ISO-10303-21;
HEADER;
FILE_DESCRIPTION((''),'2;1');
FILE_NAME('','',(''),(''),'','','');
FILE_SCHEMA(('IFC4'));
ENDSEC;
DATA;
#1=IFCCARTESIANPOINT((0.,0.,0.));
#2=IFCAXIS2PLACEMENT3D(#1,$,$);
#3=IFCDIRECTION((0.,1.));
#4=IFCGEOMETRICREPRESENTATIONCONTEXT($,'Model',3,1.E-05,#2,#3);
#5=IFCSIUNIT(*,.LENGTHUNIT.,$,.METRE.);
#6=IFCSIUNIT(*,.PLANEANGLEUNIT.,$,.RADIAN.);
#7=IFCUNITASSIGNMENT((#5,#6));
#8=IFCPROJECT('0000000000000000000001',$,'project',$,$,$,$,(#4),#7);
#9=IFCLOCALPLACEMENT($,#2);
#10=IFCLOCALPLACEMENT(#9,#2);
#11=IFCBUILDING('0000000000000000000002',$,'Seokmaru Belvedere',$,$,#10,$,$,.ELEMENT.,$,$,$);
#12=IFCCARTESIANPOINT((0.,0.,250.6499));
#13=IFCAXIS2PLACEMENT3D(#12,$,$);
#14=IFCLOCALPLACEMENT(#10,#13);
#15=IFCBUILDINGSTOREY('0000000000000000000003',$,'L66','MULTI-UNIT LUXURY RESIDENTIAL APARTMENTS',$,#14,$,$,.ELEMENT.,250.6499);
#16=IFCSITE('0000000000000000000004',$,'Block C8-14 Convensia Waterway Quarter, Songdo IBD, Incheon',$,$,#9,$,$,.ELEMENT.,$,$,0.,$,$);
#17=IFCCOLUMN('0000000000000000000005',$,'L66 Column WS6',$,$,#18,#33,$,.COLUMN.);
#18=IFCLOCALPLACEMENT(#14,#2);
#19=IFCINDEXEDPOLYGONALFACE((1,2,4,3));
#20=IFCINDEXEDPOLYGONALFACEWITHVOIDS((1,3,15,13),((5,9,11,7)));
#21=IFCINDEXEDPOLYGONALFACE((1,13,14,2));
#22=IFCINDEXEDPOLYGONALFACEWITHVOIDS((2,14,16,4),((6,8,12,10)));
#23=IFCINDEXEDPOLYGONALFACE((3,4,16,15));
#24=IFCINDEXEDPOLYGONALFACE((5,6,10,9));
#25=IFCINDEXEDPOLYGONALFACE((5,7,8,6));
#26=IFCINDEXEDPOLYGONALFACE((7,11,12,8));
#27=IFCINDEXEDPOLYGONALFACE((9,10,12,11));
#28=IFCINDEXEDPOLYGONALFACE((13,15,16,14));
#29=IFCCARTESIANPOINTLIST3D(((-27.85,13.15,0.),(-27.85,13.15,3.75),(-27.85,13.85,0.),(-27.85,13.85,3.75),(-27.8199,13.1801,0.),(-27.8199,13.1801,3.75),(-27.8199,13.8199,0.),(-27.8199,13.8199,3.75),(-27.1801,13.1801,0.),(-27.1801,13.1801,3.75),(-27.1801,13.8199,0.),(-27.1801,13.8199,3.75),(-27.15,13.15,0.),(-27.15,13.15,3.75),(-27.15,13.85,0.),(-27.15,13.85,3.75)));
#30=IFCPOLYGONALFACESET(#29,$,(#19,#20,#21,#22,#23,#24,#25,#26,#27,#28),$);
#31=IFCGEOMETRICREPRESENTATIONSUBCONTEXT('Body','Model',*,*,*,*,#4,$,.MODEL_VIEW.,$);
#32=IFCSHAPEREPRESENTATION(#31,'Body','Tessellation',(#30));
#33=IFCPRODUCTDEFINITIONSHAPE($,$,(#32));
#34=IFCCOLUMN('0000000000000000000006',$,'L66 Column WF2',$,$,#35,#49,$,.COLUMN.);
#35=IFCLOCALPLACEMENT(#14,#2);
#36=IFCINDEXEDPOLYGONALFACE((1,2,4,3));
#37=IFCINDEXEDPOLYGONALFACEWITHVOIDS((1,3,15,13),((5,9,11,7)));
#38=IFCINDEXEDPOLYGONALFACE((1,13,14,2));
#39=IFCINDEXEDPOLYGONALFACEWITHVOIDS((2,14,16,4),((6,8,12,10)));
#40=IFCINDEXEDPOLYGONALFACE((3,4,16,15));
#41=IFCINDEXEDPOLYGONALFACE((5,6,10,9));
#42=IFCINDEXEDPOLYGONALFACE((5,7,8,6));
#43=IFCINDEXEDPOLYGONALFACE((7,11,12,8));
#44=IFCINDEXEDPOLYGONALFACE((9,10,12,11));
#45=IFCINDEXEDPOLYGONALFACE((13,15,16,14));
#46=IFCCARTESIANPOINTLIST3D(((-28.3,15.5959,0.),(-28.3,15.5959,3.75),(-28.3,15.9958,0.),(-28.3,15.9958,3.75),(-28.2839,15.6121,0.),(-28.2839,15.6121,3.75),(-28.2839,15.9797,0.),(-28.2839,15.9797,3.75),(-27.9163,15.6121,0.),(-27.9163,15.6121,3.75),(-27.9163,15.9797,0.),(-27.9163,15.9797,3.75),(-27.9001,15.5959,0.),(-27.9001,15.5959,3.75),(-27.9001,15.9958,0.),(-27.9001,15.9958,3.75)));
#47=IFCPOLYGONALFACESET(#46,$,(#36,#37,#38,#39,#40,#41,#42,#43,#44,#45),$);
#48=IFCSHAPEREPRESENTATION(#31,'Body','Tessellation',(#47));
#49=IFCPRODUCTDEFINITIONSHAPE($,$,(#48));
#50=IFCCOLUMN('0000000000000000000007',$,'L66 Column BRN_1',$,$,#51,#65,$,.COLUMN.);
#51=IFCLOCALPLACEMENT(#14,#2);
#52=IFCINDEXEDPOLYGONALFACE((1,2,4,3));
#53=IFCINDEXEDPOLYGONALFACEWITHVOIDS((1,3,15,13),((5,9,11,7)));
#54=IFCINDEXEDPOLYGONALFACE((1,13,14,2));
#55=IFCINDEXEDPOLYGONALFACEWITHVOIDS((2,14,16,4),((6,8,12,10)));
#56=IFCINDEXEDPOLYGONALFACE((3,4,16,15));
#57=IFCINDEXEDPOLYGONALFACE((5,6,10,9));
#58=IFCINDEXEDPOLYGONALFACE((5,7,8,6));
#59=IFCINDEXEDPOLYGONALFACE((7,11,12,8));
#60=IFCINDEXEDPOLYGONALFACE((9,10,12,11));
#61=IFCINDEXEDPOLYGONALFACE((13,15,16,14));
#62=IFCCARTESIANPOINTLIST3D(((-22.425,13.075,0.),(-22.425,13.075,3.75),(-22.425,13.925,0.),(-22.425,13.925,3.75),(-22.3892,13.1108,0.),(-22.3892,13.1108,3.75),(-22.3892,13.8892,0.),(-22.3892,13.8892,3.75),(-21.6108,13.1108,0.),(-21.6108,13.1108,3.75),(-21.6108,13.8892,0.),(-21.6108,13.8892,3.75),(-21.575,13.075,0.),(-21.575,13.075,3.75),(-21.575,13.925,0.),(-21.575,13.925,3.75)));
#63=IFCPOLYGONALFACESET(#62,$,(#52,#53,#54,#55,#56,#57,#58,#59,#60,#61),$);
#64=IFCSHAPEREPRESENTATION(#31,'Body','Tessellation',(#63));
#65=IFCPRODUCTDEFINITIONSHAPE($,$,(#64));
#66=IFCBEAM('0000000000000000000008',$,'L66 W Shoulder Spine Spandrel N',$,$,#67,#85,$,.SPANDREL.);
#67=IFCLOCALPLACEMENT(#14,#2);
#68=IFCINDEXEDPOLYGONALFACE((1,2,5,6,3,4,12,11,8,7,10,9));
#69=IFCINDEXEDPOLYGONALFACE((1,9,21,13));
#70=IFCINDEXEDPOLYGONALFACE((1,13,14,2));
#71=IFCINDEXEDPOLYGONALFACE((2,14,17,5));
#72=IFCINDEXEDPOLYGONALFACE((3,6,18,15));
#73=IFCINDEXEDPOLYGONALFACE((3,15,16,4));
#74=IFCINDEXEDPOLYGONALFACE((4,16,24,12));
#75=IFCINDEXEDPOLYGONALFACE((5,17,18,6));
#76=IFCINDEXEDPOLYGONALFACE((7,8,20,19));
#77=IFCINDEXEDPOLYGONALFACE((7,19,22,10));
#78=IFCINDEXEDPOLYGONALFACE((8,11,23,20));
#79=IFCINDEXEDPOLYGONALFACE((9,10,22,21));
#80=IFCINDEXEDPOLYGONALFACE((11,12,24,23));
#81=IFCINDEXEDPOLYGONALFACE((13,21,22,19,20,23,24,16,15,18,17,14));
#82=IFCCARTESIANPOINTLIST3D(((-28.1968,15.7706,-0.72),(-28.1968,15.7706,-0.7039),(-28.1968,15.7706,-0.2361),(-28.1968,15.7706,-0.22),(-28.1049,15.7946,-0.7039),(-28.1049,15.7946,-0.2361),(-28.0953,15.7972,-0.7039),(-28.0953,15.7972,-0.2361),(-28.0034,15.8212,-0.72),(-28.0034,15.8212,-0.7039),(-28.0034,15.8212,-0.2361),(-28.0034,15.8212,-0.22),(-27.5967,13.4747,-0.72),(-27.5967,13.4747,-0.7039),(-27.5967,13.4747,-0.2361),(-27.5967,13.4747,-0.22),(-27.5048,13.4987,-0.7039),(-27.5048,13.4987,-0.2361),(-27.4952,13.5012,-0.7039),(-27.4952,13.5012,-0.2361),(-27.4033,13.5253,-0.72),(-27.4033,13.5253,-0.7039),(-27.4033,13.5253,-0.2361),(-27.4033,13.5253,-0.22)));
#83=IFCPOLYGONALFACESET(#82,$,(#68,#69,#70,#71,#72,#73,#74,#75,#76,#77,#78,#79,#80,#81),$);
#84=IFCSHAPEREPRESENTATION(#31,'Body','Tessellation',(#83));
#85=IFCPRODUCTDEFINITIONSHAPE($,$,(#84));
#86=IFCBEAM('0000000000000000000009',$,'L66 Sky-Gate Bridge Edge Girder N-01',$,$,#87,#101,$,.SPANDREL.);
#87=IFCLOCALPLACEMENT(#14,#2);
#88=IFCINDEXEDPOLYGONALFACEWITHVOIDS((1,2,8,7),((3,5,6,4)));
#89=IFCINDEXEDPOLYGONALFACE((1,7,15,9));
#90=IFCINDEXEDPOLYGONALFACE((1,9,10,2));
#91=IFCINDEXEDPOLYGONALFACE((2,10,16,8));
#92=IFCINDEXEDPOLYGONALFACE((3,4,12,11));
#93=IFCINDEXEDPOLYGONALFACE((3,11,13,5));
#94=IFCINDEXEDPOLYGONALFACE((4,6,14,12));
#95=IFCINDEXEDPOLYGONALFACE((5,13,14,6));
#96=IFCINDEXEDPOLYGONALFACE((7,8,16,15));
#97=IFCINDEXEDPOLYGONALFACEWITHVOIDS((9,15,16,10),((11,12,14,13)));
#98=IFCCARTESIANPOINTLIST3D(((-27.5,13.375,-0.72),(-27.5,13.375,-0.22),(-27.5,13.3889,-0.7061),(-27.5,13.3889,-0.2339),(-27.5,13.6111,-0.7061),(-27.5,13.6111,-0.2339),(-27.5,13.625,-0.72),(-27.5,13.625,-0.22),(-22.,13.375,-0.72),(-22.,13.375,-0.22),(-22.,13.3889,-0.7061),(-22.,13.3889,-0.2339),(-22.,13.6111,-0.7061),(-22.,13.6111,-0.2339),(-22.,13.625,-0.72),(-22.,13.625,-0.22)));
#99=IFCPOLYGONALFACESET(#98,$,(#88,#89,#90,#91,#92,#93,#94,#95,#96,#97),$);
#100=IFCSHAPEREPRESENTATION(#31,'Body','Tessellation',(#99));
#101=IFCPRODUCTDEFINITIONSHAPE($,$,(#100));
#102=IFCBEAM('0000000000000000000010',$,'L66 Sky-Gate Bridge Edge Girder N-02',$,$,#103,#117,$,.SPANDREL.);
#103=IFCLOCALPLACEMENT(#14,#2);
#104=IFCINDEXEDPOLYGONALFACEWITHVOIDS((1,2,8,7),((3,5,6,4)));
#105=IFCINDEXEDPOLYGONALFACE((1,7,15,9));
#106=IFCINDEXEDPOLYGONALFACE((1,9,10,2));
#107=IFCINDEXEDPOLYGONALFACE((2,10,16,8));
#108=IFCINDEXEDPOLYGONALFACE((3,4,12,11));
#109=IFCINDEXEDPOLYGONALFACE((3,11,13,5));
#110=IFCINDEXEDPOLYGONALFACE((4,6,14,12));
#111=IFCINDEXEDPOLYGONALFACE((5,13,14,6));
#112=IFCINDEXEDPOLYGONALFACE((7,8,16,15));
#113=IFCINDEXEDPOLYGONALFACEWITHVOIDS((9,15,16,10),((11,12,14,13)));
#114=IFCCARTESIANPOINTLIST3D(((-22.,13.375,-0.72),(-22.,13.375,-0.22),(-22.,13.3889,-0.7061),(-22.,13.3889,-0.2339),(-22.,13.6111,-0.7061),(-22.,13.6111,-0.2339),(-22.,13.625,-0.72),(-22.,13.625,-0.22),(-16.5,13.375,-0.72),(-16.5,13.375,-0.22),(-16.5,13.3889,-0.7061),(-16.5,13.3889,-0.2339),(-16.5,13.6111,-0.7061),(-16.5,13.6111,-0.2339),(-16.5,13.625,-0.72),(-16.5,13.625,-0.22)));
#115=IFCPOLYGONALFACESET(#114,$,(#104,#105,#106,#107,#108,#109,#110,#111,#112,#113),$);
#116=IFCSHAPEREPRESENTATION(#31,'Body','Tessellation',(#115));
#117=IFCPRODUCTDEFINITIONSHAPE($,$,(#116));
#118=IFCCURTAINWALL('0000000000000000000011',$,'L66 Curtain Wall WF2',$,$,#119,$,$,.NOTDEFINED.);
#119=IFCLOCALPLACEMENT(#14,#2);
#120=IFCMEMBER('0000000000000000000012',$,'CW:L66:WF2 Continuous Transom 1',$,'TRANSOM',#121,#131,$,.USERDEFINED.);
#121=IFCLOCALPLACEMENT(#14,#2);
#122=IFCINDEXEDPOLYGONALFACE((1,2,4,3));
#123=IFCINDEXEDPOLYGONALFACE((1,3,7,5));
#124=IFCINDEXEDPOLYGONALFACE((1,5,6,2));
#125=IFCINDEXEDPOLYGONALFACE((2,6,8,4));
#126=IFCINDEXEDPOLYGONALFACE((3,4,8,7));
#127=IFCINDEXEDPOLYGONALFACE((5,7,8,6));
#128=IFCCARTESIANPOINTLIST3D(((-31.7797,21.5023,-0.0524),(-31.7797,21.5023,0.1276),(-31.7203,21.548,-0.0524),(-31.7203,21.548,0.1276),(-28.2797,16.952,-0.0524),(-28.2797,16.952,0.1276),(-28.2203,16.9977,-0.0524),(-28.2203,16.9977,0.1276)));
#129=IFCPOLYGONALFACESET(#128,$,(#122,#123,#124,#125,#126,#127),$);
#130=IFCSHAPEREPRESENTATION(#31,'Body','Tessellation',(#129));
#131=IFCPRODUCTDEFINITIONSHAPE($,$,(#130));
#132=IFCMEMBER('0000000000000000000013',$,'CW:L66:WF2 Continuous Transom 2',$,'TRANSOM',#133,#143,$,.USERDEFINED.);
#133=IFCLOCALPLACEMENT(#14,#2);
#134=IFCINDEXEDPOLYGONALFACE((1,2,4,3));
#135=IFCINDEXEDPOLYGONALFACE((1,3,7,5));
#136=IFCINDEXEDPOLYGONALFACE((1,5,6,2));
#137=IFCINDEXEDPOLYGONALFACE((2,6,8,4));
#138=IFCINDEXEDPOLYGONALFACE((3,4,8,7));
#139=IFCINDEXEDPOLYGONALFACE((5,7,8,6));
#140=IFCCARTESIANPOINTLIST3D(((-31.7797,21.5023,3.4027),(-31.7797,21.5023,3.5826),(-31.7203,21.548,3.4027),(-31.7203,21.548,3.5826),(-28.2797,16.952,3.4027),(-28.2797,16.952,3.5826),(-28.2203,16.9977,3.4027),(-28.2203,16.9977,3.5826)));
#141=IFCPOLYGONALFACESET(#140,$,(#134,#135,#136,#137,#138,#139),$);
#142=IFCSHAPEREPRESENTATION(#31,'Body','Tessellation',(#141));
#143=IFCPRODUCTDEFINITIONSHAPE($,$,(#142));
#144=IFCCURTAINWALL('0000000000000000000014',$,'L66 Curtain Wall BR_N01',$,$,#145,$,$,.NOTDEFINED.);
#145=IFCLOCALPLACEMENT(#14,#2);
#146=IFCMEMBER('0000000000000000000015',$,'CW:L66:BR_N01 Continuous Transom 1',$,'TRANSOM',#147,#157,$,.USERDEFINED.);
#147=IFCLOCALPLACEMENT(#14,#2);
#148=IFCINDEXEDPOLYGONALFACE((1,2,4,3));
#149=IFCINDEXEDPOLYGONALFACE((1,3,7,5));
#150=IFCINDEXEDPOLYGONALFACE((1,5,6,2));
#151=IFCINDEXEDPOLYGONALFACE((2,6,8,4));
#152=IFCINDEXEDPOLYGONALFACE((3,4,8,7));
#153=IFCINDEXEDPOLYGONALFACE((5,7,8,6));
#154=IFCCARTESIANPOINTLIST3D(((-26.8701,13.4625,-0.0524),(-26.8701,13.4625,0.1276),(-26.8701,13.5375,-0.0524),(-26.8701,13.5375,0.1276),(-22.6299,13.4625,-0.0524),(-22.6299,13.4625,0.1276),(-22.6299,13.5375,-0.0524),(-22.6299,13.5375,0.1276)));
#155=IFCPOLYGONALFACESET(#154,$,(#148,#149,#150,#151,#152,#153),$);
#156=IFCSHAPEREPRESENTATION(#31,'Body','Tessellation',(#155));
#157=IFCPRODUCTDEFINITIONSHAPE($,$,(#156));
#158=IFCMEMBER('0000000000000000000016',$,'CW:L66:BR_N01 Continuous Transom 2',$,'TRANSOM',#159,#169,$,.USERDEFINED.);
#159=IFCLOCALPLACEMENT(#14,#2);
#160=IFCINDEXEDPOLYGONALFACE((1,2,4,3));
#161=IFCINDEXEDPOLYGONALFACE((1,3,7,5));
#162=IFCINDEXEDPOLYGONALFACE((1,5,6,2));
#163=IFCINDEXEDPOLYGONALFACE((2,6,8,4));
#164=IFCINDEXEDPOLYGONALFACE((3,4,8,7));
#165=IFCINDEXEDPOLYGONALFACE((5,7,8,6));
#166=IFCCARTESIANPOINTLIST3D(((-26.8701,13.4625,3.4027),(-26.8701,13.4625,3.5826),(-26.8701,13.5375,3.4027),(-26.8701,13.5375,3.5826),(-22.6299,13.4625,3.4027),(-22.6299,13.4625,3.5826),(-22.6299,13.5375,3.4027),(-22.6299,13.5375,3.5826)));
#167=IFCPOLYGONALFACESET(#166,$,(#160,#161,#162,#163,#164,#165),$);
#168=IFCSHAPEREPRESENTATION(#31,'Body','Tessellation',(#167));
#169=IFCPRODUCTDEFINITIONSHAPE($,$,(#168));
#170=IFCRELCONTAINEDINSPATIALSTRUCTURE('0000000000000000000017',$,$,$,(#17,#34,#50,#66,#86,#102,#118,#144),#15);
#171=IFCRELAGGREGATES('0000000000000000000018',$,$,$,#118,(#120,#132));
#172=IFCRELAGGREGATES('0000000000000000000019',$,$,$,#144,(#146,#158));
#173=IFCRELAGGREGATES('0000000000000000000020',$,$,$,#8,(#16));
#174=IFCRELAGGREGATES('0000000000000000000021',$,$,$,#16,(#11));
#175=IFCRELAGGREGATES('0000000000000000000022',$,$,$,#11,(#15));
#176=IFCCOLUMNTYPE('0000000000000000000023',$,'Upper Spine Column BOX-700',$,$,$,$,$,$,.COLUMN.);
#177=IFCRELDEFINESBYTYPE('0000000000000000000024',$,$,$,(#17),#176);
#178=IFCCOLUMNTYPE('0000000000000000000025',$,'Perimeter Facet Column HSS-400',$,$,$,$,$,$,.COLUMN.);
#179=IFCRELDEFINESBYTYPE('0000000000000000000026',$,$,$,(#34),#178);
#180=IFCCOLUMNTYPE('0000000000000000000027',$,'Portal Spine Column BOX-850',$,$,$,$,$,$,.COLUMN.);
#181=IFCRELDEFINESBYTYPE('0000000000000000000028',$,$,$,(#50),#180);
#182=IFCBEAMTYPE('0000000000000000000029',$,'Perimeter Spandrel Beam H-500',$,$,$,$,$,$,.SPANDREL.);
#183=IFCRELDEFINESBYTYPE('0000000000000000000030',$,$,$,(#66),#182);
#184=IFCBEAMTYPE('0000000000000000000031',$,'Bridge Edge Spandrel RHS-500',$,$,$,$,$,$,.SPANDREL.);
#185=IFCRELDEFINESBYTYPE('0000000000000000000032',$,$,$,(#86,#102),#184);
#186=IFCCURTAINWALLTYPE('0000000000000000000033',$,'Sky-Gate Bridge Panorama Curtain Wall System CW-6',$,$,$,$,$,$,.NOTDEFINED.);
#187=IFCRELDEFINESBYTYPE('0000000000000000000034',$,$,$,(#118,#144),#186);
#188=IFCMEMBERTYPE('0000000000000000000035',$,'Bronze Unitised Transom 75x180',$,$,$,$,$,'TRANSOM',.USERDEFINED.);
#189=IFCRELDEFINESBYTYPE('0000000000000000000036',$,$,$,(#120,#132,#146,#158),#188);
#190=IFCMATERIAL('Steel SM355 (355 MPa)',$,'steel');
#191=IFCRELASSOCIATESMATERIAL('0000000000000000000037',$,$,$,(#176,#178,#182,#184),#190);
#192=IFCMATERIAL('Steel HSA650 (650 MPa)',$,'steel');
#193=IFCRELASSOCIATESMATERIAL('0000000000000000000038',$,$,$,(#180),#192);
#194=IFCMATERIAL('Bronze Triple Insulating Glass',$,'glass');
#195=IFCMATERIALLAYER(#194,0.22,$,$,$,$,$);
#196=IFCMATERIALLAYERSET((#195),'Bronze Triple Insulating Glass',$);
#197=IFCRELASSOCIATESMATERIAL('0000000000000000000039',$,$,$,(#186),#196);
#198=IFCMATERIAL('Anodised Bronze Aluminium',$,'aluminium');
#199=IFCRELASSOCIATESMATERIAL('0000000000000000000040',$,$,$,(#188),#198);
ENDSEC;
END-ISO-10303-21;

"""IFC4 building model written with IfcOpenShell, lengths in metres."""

from ifc_helpers import new_model, si_unit, direction, frame, origin, origin_2d, place, context, subcontext, project, spatial, rectangle, hollow_rectangle, i_section, extrude, source, transform, mapped, material, layer, layer_set, material_profile, profile_set, type_object, type_shapes, element, aggregate, save


model = new_model("IFC4")

# Units and contexts
model_context = context("Model", 3, precision=1e-05, world=origin(), true_north=direction((0.0, 1.0)))
body_context = subcontext(model_context, "Body", "Model", "MODEL_VIEW")
ifc_project = project(units=[si_unit("LENGTHUNIT", "METRE"), si_unit("PLANEANGLEUNIT", "RADIAN")], contexts=[model_context])

# Site, building, storey
site_placement = place(None, origin())
site = spatial("IfcSite", under=ifc_project, at=site_placement, Name="Block C8-14 Convensia Waterway Quarter, Songdo IBD, Incheon", CompositionType="ELEMENT", RefElevation=0.0)
building_placement = place(site_placement, origin())
building = spatial("IfcBuilding", under=site, at=building_placement, Name="Seokmaru Belvedere", CompositionType="ELEMENT")
storey_placement = place(building_placement, frame((0.0, 0.0, 250.6499)))
storey = spatial("IfcBuildingStorey", under=building, at=storey_placement, Name="L66", Description="MULTI-UNIT LUXURY RESIDENTIAL APARTMENTS", CompositionType="ELEMENT", Elevation=250.6499)

# Columns
ifc_material_1 = material(Name="Steel SM355 (355 MPa)", Category="steel")
ifc_material_profile_1 = material_profile(ifc_material_1, hollow_rectangle(XDim=0.7, YDim=0.7, WallThickness=0.03, at=origin_2d()), Name="BOX-700x700x30")
ifc_profile_set_1 = profile_set([ifc_material_profile_1], Name="Steel SM355 (355 MPa)")
column_type_1 = type_object("IfcColumnType", Name="Upper Spine Column BOX-700", PredefinedType="COLUMN", material=ifc_profile_set_1)
shared_shape_1 = source(origin(), body_context, "Body", "SweptSolid", [
    extrude(hollow_rectangle(XDim=0.7, YDim=0.7, WallThickness=0.03, at=origin_2d()), origin(), (0.0, 0.0, 1.0), 3.75),
])
type_shapes(column_type_1, [shared_shape_1])
column_1_placement = place(storey_placement, frame((-27.5, 13.5, 0.0), z_axis=(0.0, 0.0, 1.0), x_axis=(1.0, 0.0, 0.0)))
element("IfcColumn", 1, at=column_1_placement, inside=storey, type_object=column_type_1, Name="L66 Column WS6", PredefinedType="COLUMN", context=body_context, shape_type="MappedRepresentation", body=[
    mapped(shared_shape_1, transform((0.0, 0.0, 0.0), scale=1.0)),
])
ifc_material_profile_2 = material_profile(ifc_material_1, hollow_rectangle(XDim=0.3999, YDim=0.3999, WallThickness=0.0161, at=origin_2d()), Name="HSS-400x400x16")
ifc_profile_set_2 = profile_set([ifc_material_profile_2], Name="Steel SM355 (355 MPa)")
column_type_2 = type_object("IfcColumnType", Name="Perimeter Facet Column HSS-400", PredefinedType="COLUMN", material=ifc_profile_set_2)
shared_shape_2 = source(origin(), body_context, "Body", "SweptSolid", [
    extrude(hollow_rectangle(XDim=0.3999, YDim=0.3999, WallThickness=0.0161, at=origin_2d()), origin(), (0.0, 0.0, 1.0), 3.75),
])
type_shapes(column_type_2, [shared_shape_2])
column_2_placement = place(storey_placement, frame((-28.1001, 15.7959, 0.0), z_axis=(0.0, 0.0, 1.0), x_axis=(1.0, 0.0, 0.0)))
element("IfcColumn", 2, at=column_2_placement, inside=storey, type_object=column_type_2, Name="L66 Column WF2", PredefinedType="COLUMN", context=body_context, shape_type="MappedRepresentation", body=[
    mapped(shared_shape_2, transform((0.0, 0.0, 0.0), scale=1.0)),
])
ifc_material_2 = material(Name="Steel HSA650 (650 MPa)", Category="steel")
ifc_material_profile_3 = material_profile(ifc_material_2, hollow_rectangle(XDim=0.8501, YDim=0.8501, WallThickness=0.0359, at=origin_2d()), Name="BOX-850x850x36")
ifc_profile_set_3 = profile_set([ifc_material_profile_3], Name="Steel HSA650 (650 MPa)")
column_type_3 = type_object("IfcColumnType", Name="Portal Spine Column BOX-850", PredefinedType="COLUMN", material=ifc_profile_set_3)
shared_shape_3 = source(origin(), body_context, "Body", "SweptSolid", [
    extrude(hollow_rectangle(XDim=0.8501, YDim=0.8501, WallThickness=0.0359, at=origin_2d()), origin(), (0.0, 0.0, 1.0), 3.75),
])
type_shapes(column_type_3, [shared_shape_3])
column_3_placement = place(storey_placement, frame((-22.0, 13.5, 0.0), z_axis=(0.0, 0.0, 1.0), x_axis=(1.0, 0.0, 0.0)))
element("IfcColumn", 3, at=column_3_placement, inside=storey, type_object=column_type_3, Name="L66 Column BRN_1", PredefinedType="COLUMN", context=body_context, shape_type="MappedRepresentation", body=[
    mapped(shared_shape_3, transform((0.0, 0.0, 0.0), scale=1.0)),
])

# Beams
ifc_material_profile_4 = material_profile(ifc_material_1, i_section(OverallWidth=0.2, OverallDepth=0.5, WebThickness=0.01, FlangeThickness=0.0161, at=origin_2d()), Name="H-500x200x10x16")
ifc_profile_set_4 = profile_set([ifc_material_profile_4], Name="Steel SM355 (355 MPa)")
beam_type_1 = type_object("IfcBeamType", Name="Perimeter Spandrel Beam H-500", PredefinedType="SPANDREL", material=ifc_profile_set_4)
shared_shape_4 = source(origin(), body_context, "Body", "SweptSolid", [
    extrude(i_section(OverallWidth=0.2, OverallDepth=0.5, WebThickness=0.01, FlangeThickness=0.0161, at=origin_2d()), origin(), (0.0, 0.0, 1.0), 2.373),
])
type_shapes(beam_type_1, [shared_shape_4])
beam_placement = place(storey_placement, frame((-28.1001, 15.7959, -0.47), z_axis=(0.252883, -0.967497, 0.0), x_axis=(0.967497, 0.252883, 0.0)))
element("IfcBeam", 4, at=beam_placement, inside=storey, type_object=beam_type_1, Name="L66 W Shoulder Spine Spandrel N", PredefinedType="SPANDREL", context=body_context, shape_type="MappedRepresentation", body=[
    mapped(shared_shape_4, transform((0.0, 0.0, 0.0), scale=1.0)),
])
ifc_material_profile_5 = material_profile(ifc_material_1, hollow_rectangle(XDim=0.25, YDim=0.5, WallThickness=0.0139, at=origin_2d()), Name="RHS-500x250x14")
ifc_profile_set_5 = profile_set([ifc_material_profile_5], Name="Steel SM355 (355 MPa)")
beam_type_2 = type_object("IfcBeamType", Name="Bridge Edge Spandrel RHS-500", PredefinedType="SPANDREL", material=ifc_profile_set_5)
shared_shape_5 = source(origin(), body_context, "Body", "SweptSolid", [
    extrude(hollow_rectangle(XDim=0.25, YDim=0.5, WallThickness=0.0139, at=origin_2d()), origin(), (0.0, 0.0, 1.0), 5.5),
])
type_shapes(beam_type_2, [shared_shape_5])
for number, where, z_axis, x_axis, name in (
    (5, (-27.5, 13.5, -0.47), (1.0, 0.0, 0.0), (0.0, 1.0, 0.0), "L66 Sky-Gate Bridge Edge Girder N-01"),
    (6, (-22.0, 13.5, -0.47), (1.0, 0.0, 0.0), (0.0, 1.0, 0.0), "L66 Sky-Gate Bridge Edge Girder N-02"),
):
    element("IfcBeam", number, at=place(storey_placement, frame(where, z_axis=z_axis, x_axis=x_axis)), inside=storey, type_object=beam_type_2, Name=name, PredefinedType="SPANDREL", context=body_context, shape_type="MappedRepresentation", body=[
        mapped(shared_shape_5, transform((0.0, 0.0, 0.0), scale=1.0)),
    ])

# Curtain walls, members
ifc_material_3 = material(Name="Bronze Triple Insulating Glass", Category="glass")
ifc_layer_1 = layer(ifc_material_3, 0.22)
ifc_layer_set_1 = layer_set([ifc_layer_1], Name="Bronze Triple Insulating Glass")
curtain_wall_type = type_object("IfcCurtainWallType", Name="Sky-Gate Bridge Panorama Curtain Wall System CW-6", PredefinedType="NOTDEFINED", material=ifc_layer_set_1)
curtain_wall_1_placement = place(storey_placement, origin())
curtain_wall_1 = element("IfcCurtainWall", 7, at=curtain_wall_1_placement, inside=storey, type_object=curtain_wall_type, Name="L66 Curtain Wall WF2", PredefinedType="NOTDEFINED")
ifc_material_4 = material(Name="Anodised Bronze Aluminium", Category="aluminium")
ifc_material_profile_6 = material_profile(ifc_material_4, rectangle(XDim=0.075, YDim=0.1799, at=origin_2d()), Name="CW-T-75x180")
ifc_profile_set_6 = profile_set([ifc_material_profile_6], Name="Anodised Bronze Aluminium")
member_type_1 = type_object("IfcMemberType", Name="Bronze Unitised Transom 75x180", ElementType="TRANSOM", PredefinedType="USERDEFINED", material=ifc_profile_set_6)
shared_shape_6 = source(origin(), body_context, "Body", "SweptSolid", [
    extrude(rectangle(XDim=0.075, YDim=0.1799, at=origin_2d()), origin(), (0.0, 0.0, 1.0), 5.7407),
])
member_1_placement = place(storey_placement, frame((-28.25, 16.9749, 0.0376), z_axis=(-0.609686, 0.792643, 0.0), x_axis=(-0.792643, -0.609686, 0.0)))
member_1 = element("IfcMember", 8, at=member_1_placement, type_object=member_type_1, Name="CW:L66:WF2 Continuous Transom 1", ObjectType="TRANSOM", PredefinedType="USERDEFINED", context=body_context, shape_type="MappedRepresentation", body=[
    mapped(shared_shape_6, transform((0.0, 0.0, 0.0), scale=1.0)),
])
member_2_placement = place(storey_placement, frame((-28.25, 16.9749, 3.4927), z_axis=(-0.609686, 0.792643, 0.0), x_axis=(-0.792643, -0.609686, 0.0)))
member_2 = element("IfcMember", 9, at=member_2_placement, type_object=member_type_1, Name="CW:L66:WF2 Continuous Transom 2", ObjectType="TRANSOM", PredefinedType="USERDEFINED", context=body_context, shape_type="MappedRepresentation", body=[
    mapped(shared_shape_6, transform((0.0, 0.0, 0.0), scale=1.0)),
])
curtain_wall_2_placement = place(storey_placement, origin())
curtain_wall_2 = element("IfcCurtainWall", 10, at=curtain_wall_2_placement, inside=storey, type_object=curtain_wall_type, Name="L66 Curtain Wall BR_N01", PredefinedType="NOTDEFINED")
shared_shape_7 = source(origin(), body_context, "Body", "SweptSolid", [
    extrude(rectangle(XDim=0.075, YDim=0.1799, at=origin_2d()), origin(), (0.0, 0.0, 1.0), 4.2402),
])
type_shapes(member_type_1, [shared_shape_6, shared_shape_7])
member_3_placement = place(storey_placement, frame((-22.6299, 13.5, 0.0376), z_axis=(-1.0, 0.0, 0.0), x_axis=(0.0, -1.0, 0.0)))
member_3 = element("IfcMember", 11, at=member_3_placement, type_object=member_type_1, Name="CW:L66:BR_N01 Continuous Transom 1", ObjectType="TRANSOM", PredefinedType="USERDEFINED", context=body_context, shape_type="MappedRepresentation", body=[
    mapped(shared_shape_7, transform((0.0, 0.0, 0.0), scale=1.0)),
])
member_4_placement = place(storey_placement, frame((-22.6299, 13.5, 3.4927), z_axis=(-1.0, 0.0, 0.0), x_axis=(0.0, -1.0, 0.0)))
member_4 = element("IfcMember", 12, at=member_4_placement, type_object=member_type_1, Name="CW:L66:BR_N01 Continuous Transom 2", ObjectType="TRANSOM", PredefinedType="USERDEFINED", context=body_context, shape_type="MappedRepresentation", body=[
    mapped(shared_shape_7, transform((0.0, 0.0, 0.0), scale=1.0)),
])

aggregate(curtain_wall_1, [member_1, member_2])
aggregate(curtain_wall_2, [member_3, member_4])

save(model, "model.ifc")
